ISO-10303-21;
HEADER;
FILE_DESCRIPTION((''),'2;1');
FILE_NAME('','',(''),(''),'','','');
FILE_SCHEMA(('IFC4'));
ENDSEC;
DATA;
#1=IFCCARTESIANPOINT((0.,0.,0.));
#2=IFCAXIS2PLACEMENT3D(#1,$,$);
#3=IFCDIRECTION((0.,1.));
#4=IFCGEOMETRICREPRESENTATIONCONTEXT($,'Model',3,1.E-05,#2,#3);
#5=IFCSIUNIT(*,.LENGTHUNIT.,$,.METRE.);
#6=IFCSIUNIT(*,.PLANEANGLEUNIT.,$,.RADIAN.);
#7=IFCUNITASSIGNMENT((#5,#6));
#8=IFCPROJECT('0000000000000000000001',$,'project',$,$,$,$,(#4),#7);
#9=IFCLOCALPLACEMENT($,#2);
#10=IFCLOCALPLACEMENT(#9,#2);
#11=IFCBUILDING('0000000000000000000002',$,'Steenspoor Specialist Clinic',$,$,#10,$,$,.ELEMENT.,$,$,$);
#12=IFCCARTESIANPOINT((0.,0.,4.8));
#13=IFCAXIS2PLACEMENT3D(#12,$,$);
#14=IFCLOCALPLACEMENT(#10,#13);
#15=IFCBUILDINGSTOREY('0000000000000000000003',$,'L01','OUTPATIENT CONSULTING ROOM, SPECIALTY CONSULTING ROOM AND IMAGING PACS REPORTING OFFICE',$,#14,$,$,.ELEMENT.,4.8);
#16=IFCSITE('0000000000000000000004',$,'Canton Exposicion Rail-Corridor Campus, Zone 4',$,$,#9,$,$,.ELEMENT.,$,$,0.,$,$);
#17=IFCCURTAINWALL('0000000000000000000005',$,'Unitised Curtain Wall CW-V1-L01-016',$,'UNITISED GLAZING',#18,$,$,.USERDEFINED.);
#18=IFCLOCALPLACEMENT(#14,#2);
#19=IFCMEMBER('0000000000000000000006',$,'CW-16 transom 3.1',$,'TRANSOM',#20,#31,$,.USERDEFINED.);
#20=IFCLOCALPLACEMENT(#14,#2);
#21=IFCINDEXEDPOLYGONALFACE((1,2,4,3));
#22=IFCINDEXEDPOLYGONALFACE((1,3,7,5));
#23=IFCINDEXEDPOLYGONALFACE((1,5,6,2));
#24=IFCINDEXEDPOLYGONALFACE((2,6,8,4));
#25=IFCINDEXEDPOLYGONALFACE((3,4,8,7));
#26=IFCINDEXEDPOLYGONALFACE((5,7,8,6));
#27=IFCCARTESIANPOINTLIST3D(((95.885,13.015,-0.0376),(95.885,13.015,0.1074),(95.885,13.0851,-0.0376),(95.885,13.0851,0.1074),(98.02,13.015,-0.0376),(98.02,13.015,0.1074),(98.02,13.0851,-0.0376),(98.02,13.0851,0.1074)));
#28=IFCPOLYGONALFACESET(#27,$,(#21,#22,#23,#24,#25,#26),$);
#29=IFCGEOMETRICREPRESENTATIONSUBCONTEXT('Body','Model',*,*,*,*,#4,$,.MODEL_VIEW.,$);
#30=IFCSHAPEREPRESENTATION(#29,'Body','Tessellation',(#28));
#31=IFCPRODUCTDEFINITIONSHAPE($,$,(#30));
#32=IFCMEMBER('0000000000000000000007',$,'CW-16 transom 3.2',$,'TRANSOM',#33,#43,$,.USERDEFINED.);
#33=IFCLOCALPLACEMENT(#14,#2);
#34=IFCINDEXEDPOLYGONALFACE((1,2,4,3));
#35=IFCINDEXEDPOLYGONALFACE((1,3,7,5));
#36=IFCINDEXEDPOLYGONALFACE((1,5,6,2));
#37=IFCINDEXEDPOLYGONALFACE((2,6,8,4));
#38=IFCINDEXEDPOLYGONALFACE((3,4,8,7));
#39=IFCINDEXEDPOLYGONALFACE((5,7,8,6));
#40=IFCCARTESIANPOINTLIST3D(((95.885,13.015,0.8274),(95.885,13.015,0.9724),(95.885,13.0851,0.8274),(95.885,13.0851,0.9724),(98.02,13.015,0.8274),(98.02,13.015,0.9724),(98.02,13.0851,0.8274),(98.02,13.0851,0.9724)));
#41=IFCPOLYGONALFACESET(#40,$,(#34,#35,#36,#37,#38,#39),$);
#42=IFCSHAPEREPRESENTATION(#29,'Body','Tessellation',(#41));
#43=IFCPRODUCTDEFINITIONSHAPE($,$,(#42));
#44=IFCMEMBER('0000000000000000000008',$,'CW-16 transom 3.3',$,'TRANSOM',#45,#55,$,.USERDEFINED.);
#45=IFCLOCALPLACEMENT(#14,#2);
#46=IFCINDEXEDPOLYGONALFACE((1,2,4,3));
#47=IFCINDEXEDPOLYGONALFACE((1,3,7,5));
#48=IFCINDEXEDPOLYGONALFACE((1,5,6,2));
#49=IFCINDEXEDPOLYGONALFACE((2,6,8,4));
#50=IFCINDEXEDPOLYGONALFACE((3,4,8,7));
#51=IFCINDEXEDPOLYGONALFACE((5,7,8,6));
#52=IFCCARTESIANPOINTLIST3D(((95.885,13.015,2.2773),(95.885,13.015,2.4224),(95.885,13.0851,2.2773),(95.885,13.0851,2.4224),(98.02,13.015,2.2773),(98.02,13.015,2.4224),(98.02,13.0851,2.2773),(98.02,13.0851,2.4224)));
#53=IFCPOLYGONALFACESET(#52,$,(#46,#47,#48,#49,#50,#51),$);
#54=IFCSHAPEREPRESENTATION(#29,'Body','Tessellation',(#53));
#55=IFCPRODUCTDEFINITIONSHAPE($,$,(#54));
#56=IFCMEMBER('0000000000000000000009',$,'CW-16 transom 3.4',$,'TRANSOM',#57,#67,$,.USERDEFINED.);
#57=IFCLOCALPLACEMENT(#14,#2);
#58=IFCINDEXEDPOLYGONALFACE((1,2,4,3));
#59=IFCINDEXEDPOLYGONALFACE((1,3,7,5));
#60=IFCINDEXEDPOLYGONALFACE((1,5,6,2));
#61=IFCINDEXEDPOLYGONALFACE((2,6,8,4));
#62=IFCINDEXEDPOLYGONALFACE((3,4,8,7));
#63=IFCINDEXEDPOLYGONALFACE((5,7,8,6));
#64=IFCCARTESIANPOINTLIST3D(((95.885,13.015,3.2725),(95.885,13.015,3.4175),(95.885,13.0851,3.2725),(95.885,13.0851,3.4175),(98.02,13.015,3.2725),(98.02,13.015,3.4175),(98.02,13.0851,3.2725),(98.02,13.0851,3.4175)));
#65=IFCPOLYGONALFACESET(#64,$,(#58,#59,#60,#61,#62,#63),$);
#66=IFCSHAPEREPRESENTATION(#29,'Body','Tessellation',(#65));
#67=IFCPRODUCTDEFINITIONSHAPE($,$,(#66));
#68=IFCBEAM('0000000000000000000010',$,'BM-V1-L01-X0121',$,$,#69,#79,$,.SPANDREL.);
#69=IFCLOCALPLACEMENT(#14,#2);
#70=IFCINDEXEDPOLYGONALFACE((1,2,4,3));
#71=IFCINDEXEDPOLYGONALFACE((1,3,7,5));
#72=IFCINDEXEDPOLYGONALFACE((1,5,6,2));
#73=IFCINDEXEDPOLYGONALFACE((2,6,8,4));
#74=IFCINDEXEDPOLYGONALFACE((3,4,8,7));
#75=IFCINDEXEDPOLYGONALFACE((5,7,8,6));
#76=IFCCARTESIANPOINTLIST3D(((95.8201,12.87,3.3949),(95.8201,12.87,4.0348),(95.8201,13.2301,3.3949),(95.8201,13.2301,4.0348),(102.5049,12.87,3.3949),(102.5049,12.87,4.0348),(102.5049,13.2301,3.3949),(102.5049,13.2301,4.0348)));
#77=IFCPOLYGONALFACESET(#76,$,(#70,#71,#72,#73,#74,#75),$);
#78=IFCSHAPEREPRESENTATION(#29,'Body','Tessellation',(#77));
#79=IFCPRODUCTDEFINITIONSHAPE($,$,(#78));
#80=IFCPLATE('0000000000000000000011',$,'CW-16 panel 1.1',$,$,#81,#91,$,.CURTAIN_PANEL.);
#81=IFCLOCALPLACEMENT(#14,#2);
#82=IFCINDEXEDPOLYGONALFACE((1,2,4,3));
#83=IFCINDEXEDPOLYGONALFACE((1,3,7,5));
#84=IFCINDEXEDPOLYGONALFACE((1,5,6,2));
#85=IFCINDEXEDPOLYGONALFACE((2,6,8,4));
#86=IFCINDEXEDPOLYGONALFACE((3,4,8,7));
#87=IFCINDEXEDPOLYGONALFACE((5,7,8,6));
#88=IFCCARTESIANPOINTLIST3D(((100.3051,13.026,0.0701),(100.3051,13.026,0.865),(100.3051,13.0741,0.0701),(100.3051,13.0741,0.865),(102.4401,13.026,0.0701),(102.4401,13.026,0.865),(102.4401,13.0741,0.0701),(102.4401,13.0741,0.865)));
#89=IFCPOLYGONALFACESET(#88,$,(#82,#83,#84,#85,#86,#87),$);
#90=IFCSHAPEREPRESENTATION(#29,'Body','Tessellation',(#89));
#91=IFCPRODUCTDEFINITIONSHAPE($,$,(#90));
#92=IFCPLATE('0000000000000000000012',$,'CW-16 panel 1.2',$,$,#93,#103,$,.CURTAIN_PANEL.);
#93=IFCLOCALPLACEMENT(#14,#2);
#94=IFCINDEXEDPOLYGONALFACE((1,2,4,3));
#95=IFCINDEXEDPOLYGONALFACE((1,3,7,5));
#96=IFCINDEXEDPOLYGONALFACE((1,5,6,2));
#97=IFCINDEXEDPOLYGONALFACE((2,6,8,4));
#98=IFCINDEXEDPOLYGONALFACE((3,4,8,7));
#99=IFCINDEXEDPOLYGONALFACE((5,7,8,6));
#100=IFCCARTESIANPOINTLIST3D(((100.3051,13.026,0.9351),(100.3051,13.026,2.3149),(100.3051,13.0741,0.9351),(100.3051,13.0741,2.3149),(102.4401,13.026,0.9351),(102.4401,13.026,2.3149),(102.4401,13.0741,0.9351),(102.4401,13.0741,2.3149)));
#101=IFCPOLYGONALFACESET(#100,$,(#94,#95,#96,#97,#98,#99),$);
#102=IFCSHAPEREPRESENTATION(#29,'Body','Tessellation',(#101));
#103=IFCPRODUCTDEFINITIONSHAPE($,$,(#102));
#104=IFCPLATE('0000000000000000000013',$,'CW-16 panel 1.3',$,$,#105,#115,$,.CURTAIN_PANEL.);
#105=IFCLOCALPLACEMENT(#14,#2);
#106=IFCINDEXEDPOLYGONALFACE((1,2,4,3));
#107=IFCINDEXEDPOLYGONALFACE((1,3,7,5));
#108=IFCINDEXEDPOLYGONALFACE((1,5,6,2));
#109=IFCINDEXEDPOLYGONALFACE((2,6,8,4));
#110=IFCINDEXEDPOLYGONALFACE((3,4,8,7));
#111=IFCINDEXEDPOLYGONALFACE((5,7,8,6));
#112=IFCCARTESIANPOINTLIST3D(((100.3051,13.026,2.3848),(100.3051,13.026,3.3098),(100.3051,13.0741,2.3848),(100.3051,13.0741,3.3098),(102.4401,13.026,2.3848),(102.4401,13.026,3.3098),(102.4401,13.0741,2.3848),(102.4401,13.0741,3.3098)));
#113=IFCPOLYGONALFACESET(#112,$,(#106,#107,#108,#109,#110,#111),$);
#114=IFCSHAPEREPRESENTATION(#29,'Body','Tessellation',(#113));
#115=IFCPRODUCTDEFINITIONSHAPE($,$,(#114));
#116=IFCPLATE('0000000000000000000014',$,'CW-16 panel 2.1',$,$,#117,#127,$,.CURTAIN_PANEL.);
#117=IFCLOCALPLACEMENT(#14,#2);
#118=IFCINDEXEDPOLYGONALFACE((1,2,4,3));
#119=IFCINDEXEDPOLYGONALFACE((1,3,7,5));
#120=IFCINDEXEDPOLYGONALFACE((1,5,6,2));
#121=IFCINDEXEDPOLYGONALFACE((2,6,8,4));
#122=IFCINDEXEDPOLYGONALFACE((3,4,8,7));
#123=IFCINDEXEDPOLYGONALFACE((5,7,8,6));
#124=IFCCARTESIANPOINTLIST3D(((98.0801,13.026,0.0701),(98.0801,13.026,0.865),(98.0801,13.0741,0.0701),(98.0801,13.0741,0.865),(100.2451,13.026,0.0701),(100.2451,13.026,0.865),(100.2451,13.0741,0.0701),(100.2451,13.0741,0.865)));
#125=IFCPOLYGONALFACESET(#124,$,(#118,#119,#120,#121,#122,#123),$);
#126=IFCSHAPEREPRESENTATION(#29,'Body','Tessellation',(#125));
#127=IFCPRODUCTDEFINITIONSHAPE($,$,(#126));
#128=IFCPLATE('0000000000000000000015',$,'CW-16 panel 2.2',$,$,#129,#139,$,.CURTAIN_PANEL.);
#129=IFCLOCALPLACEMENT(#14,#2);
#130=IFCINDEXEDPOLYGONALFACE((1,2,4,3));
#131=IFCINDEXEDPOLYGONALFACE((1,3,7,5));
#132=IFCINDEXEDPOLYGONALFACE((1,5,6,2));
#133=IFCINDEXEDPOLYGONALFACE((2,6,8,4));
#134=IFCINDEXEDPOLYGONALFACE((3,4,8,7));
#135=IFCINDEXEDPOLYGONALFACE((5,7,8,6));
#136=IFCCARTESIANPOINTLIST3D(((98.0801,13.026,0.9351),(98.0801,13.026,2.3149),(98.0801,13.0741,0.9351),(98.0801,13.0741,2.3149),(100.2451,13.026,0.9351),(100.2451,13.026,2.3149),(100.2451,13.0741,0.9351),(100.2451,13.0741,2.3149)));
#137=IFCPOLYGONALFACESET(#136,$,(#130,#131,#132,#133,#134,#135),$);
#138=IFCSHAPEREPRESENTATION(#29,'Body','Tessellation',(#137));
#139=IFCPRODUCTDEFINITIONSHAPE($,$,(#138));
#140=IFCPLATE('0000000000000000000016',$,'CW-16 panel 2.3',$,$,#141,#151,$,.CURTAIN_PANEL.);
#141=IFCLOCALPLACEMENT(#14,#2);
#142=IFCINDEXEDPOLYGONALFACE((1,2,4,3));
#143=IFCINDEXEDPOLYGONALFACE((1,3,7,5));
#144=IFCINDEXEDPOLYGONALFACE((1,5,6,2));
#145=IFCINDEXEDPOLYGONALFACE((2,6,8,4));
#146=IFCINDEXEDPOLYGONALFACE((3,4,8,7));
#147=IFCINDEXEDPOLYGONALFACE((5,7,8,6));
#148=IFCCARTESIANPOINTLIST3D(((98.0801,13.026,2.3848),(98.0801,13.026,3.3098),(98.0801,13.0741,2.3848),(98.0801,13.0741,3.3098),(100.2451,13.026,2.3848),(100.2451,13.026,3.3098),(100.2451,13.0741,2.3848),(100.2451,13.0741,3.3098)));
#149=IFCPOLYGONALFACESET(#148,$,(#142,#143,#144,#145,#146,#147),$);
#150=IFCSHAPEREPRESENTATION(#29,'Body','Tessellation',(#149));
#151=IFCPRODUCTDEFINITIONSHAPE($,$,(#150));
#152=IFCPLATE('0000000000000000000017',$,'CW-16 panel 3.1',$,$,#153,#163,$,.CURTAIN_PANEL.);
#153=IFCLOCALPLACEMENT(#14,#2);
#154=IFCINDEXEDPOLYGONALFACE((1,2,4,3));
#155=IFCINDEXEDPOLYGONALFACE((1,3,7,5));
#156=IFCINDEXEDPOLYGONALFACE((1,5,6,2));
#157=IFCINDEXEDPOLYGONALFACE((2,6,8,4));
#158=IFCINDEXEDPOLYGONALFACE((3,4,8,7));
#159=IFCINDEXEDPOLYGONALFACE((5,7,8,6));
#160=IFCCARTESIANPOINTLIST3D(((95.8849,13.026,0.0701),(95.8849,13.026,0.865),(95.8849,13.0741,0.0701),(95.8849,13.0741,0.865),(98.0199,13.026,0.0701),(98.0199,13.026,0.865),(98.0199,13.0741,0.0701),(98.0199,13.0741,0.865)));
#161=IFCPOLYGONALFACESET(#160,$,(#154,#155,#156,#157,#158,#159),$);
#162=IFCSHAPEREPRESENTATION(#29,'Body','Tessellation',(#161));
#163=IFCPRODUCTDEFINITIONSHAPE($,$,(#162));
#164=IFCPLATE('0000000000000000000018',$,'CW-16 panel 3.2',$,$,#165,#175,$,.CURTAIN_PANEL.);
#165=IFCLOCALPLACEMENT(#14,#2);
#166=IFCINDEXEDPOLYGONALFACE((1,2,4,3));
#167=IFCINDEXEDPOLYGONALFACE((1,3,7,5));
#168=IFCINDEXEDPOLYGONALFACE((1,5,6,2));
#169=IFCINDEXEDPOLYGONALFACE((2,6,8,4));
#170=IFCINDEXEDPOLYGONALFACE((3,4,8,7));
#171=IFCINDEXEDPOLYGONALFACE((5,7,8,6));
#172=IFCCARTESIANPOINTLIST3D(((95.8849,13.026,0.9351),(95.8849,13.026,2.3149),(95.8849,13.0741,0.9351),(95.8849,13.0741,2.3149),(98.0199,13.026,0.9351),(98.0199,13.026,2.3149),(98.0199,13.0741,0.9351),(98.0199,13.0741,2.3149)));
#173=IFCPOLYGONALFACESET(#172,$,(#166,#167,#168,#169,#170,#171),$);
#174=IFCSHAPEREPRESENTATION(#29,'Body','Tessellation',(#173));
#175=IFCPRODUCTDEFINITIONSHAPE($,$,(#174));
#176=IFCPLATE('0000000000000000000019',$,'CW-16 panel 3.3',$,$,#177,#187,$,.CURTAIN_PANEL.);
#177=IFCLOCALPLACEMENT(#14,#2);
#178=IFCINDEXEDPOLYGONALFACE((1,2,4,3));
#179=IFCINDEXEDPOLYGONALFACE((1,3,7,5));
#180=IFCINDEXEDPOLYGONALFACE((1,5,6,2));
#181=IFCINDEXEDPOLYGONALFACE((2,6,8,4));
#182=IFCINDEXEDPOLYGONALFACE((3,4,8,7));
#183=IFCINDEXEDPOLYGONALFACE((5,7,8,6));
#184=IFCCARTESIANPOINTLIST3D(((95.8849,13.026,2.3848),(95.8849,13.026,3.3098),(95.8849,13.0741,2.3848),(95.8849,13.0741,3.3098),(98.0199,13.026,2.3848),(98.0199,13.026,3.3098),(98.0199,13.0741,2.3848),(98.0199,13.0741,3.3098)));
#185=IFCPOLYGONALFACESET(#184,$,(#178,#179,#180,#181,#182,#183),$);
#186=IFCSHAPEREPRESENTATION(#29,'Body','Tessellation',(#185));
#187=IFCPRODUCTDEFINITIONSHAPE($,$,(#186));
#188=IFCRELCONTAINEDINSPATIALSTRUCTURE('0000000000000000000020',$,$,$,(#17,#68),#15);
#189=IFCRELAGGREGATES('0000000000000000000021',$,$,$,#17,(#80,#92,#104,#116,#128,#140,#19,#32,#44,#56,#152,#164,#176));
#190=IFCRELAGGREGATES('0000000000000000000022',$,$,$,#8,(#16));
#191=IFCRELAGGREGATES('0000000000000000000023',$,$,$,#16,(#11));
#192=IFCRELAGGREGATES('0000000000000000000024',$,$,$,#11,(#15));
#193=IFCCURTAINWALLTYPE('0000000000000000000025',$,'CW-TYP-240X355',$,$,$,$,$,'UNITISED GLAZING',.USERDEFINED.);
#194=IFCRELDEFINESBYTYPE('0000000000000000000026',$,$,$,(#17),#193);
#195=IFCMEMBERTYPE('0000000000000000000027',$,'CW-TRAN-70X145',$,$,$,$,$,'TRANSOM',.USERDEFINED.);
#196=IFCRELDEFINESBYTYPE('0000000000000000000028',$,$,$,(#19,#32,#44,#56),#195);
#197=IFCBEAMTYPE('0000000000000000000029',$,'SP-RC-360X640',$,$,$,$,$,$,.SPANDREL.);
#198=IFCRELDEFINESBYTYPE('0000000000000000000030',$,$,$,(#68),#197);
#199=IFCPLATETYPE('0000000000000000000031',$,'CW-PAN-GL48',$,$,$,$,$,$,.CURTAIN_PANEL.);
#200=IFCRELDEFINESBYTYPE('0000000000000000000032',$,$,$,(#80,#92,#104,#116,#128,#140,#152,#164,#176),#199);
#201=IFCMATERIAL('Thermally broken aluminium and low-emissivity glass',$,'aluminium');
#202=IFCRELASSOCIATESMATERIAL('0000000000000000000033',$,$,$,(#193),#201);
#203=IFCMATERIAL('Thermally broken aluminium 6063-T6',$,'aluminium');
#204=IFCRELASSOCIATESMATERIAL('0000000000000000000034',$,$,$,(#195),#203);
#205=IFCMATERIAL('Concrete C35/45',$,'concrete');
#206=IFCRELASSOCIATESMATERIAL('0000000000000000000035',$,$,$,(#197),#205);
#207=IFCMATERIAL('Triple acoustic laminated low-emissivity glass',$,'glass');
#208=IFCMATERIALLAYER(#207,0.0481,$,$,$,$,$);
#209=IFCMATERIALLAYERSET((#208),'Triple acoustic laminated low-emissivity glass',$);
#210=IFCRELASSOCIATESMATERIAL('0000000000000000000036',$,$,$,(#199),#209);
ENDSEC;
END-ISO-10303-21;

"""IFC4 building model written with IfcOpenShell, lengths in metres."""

from ifc_helpers import new_model, si_unit, direction, frame, origin, origin_2d, place, context, subcontext, project, spatial, rectangle, extrude, material, layer, layer_set, material_profile, profile_set, type_object, element, aggregate, save


model = new_model("IFC4")

# Units and contexts
model_context = context("Model", 3, precision=1e-05, world=origin(), true_north=direction((0.0, 1.0)))
body_context = subcontext(model_context, "Body", "Model", "MODEL_VIEW")
ifc_project = project(units=[si_unit("LENGTHUNIT", "METRE"), si_unit("PLANEANGLEUNIT", "RADIAN")], contexts=[model_context])

# Site, building, storey
site_placement = place(None, origin())
site = spatial("IfcSite", under=ifc_project, at=site_placement, Name="Canton Exposicion Rail-Corridor Campus, Zone 4", CompositionType="ELEMENT", RefElevation=0.0)
building_placement = place(site_placement, origin())
building = spatial("IfcBuilding", under=site, at=building_placement, Name="Steenspoor Specialist Clinic", CompositionType="ELEMENT")
storey_placement = place(building_placement, frame((0.0, 0.0, 4.8)))
storey = spatial("IfcBuildingStorey", under=building, at=storey_placement, Name="L01", Description="OUTPATIENT CONSULTING ROOM, SPECIALTY CONSULTING ROOM AND IMAGING PACS REPORTING OFFICE", CompositionType="ELEMENT", Elevation=4.8)

# Curtain wall, members
ifc_material_1 = material(Name="Thermally broken aluminium and low-emissivity glass", Category="aluminium")
curtain_wall_type = type_object("IfcCurtainWallType", Name="CW-TYP-240X355", ElementType="UNITISED GLAZING", PredefinedType="USERDEFINED", material=ifc_material_1)
curtain_wall_placement = place(storey_placement, origin())
curtain_wall = element("IfcCurtainWall", 1, at=curtain_wall_placement, inside=storey, type_object=curtain_wall_type, Name="Unitised Curtain Wall CW-V1-L01-016", ObjectType="UNITISED GLAZING", PredefinedType="USERDEFINED")
ifc_material_2 = material(Name="Thermally broken aluminium 6063-T6", Category="aluminium")
ifc_material_profile_1 = material_profile(ifc_material_2, rectangle(XDim=0.0701, YDim=0.145, at=origin_2d()), Name="CWT-70X145")
ifc_profile_set_1 = profile_set([ifc_material_profile_1], Name="Thermally broken aluminium 6063-T6")
member_type_1 = type_object("IfcMemberType", Name="CW-TRAN-70X145", ElementType="TRANSOM", PredefinedType="USERDEFINED", material=ifc_profile_set_1)
member_1_placement = place(storey_placement, frame((98.02, 13.05, 0.0349), z_axis=(-1.0, 0.0, 0.0), x_axis=(0.0, -1.0, 0.0)))
member_1 = element("IfcMember", 2, at=member_1_placement, type_object=member_type_1, Name="CW-16 transom 3.1", ObjectType="TRANSOM", PredefinedType="USERDEFINED", context=body_context, shape_type="SweptSolid", body=[
    extrude(rectangle(XDim=0.0701, YDim=0.145, at=origin_2d()), origin(), (0.0, 0.0, 1.0), 2.135),
])
member_2_placement = place(storey_placement, frame((98.02, 13.05, 0.8999), z_axis=(-1.0, 0.0, 0.0), x_axis=(0.0, -1.0, 0.0)))
member_2 = element("IfcMember", 3, at=member_2_placement, type_object=member_type_1, Name="CW-16 transom 3.2", ObjectType="TRANSOM", PredefinedType="USERDEFINED", context=body_context, shape_type="SweptSolid", body=[
    extrude(rectangle(XDim=0.0701, YDim=0.145, at=origin_2d()), origin(), (0.0, 0.0, 1.0), 2.135),
])
member_3_placement = place(storey_placement, frame((98.02, 13.05, 2.3499), z_axis=(-1.0, 0.0, 0.0), x_axis=(0.0, -1.0, 0.0)))
member_3 = element("IfcMember", 4, at=member_3_placement, type_object=member_type_1, Name="CW-16 transom 3.3", ObjectType="TRANSOM", PredefinedType="USERDEFINED", context=body_context, shape_type="SweptSolid", body=[
    extrude(rectangle(XDim=0.0701, YDim=0.145, at=origin_2d()), origin(), (0.0, 0.0, 1.0), 2.135),
])
member_4_placement = place(storey_placement, frame((98.02, 13.05, 3.345), z_axis=(-1.0, 0.0, 0.0), x_axis=(0.0, -1.0, 0.0)))
member_4 = element("IfcMember", 5, at=member_4_placement, type_object=member_type_1, Name="CW-16 transom 3.4", ObjectType="TRANSOM", PredefinedType="USERDEFINED", context=body_context, shape_type="SweptSolid", body=[
    extrude(rectangle(XDim=0.0701, YDim=0.145, at=origin_2d()), origin(), (0.0, 0.0, 1.0), 2.135),
])

# Beam
ifc_material_3 = material(Name="Concrete C35/45", Category="concrete")
ifc_material_profile_2 = material_profile(ifc_material_3, rectangle(XDim=0.3601, YDim=0.6399, at=origin_2d()), Name="RC-SP-360X640")
ifc_profile_set_2 = profile_set([ifc_material_profile_2], Name="Concrete C35/45")
beam_type = type_object("IfcBeamType", Name="SP-RC-360X640", PredefinedType="SPANDREL", material=ifc_profile_set_2)
beam_placement = place(storey_placement, frame((95.8201, 13.05, 3.7148), z_axis=(1.0, 0.0, 0.0), x_axis=(0.0, 1.0, 0.0)))
element("IfcBeam", 6, at=beam_placement, inside=storey, type_object=beam_type, Name="BM-V1-L01-X0121", PredefinedType="SPANDREL", context=body_context, shape_type="SweptSolid", body=[
    extrude(rectangle(XDim=0.3601, YDim=0.6399, at=origin_2d()), origin(), (0.0, 0.0, 1.0), 6.6848),
])

# Plates
ifc_material_4 = material(Name="Triple acoustic laminated low-emissivity glass", Category="glass")
ifc_layer_1 = layer(ifc_material_4, 0.0481)
ifc_layer_set_1 = layer_set([ifc_layer_1], Name="Triple acoustic laminated low-emissivity glass")
plate_type = type_object("IfcPlateType", Name="CW-PAN-GL48", PredefinedType="CURTAIN_PANEL", material=ifc_layer_set_1)
plate_1_placement = place(storey_placement, frame((101.3726, 13.05, 0.0701), z_axis=(0.0, 0.0, 1.0), x_axis=(-1.0, 0.0, 0.0)))
plate_1 = element("IfcPlate", 7, at=plate_1_placement, type_object=plate_type, Name="CW-16 panel 1.1", PredefinedType="CURTAIN_PANEL", context=body_context, shape_type="SweptSolid", body=[
    extrude(rectangle(XDim=2.135, YDim=0.0481, at=origin_2d()), origin(), (0.0, 0.0, 1.0), 0.7949),
])
plate_2_placement = place(storey_placement, frame((101.3726, 13.05, 0.9351), z_axis=(0.0, 0.0, 1.0), x_axis=(-1.0, 0.0, 0.0)))
plate_2 = element("IfcPlate", 8, at=plate_2_placement, type_object=plate_type, Name="CW-16 panel 1.2", PredefinedType="CURTAIN_PANEL", context=body_context, shape_type="SweptSolid", body=[
    extrude(rectangle(XDim=2.135, YDim=0.0481, at=origin_2d()), origin(), (0.0, 0.0, 1.0), 1.3799),
])
plate_3_placement = place(storey_placement, frame((101.3726, 13.05, 2.3848), z_axis=(0.0, 0.0, 1.0), x_axis=(-1.0, 0.0, 0.0)))
plate_3 = element("IfcPlate", 9, at=plate_3_placement, type_object=plate_type, Name="CW-16 panel 1.3", PredefinedType="CURTAIN_PANEL", context=body_context, shape_type="SweptSolid", body=[
    extrude(rectangle(XDim=2.135, YDim=0.0481, at=origin_2d()), origin(), (0.0, 0.0, 1.0), 0.925),
])
plate_4_placement = place(storey_placement, frame((99.1626, 13.05, 0.0701), z_axis=(0.0, 0.0, 1.0), x_axis=(-1.0, 0.0, 0.0)))
plate_4 = element("IfcPlate", 10, at=plate_4_placement, type_object=plate_type, Name="CW-16 panel 2.1", PredefinedType="CURTAIN_PANEL", context=body_context, shape_type="SweptSolid", body=[
    extrude(rectangle(XDim=2.165, YDim=0.0481, at=origin_2d()), origin(), (0.0, 0.0, 1.0), 0.7949),
])
plate_5_placement = place(storey_placement, frame((99.1626, 13.05, 0.9351), z_axis=(0.0, 0.0, 1.0), x_axis=(-1.0, 0.0, 0.0)))
plate_5 = element("IfcPlate", 11, at=plate_5_placement, type_object=plate_type, Name="CW-16 panel 2.2", PredefinedType="CURTAIN_PANEL", context=body_context, shape_type="SweptSolid", body=[
    extrude(rectangle(XDim=2.165, YDim=0.0481, at=origin_2d()), origin(), (0.0, 0.0, 1.0), 1.3799),
])
plate_6_placement = place(storey_placement, frame((99.1626, 13.05, 2.3848), z_axis=(0.0, 0.0, 1.0), x_axis=(-1.0, 0.0, 0.0)))
plate_6 = element("IfcPlate", 12, at=plate_6_placement, type_object=plate_type, Name="CW-16 panel 2.3", PredefinedType="CURTAIN_PANEL", context=body_context, shape_type="SweptSolid", body=[
    extrude(rectangle(XDim=2.165, YDim=0.0481, at=origin_2d()), origin(), (0.0, 0.0, 1.0), 0.925),
])
plate_7_placement = place(storey_placement, frame((96.9524, 13.05, 0.0701), z_axis=(0.0, 0.0, 1.0), x_axis=(-1.0, 0.0, 0.0)))
plate_7 = element("IfcPlate", 13, at=plate_7_placement, type_object=plate_type, Name="CW-16 panel 3.1", PredefinedType="CURTAIN_PANEL", context=body_context, shape_type="SweptSolid", body=[
    extrude(rectangle(XDim=2.135, YDim=0.0481, at=origin_2d()), origin(), (0.0, 0.0, 1.0), 0.7949),
])
plate_8_placement = place(storey_placement, frame((96.9524, 13.05, 0.9351), z_axis=(0.0, 0.0, 1.0), x_axis=(-1.0, 0.0, 0.0)))
plate_8 = element("IfcPlate", 14, at=plate_8_placement, type_object=plate_type, Name="CW-16 panel 3.2", PredefinedType="CURTAIN_PANEL", context=body_context, shape_type="SweptSolid", body=[
    extrude(rectangle(XDim=2.135, YDim=0.0481, at=origin_2d()), origin(), (0.0, 0.0, 1.0), 1.3799),
])
plate_9_placement = place(storey_placement, frame((96.9524, 13.05, 2.3848), z_axis=(0.0, 0.0, 1.0), x_axis=(-1.0, 0.0, 0.0)))
plate_9 = element("IfcPlate", 15, at=plate_9_placement, type_object=plate_type, Name="CW-16 panel 3.3", PredefinedType="CURTAIN_PANEL", context=body_context, shape_type="SweptSolid", body=[
    extrude(rectangle(XDim=2.135, YDim=0.0481, at=origin_2d()), origin(), (0.0, 0.0, 1.0), 0.925),
])
aggregate(curtain_wall, [plate_1, plate_2, plate_3, plate_4, plate_5, plate_6, member_1, member_2, member_3, member_4, plate_7, plate_8, plate_9])

save(model, "model.ifc")
